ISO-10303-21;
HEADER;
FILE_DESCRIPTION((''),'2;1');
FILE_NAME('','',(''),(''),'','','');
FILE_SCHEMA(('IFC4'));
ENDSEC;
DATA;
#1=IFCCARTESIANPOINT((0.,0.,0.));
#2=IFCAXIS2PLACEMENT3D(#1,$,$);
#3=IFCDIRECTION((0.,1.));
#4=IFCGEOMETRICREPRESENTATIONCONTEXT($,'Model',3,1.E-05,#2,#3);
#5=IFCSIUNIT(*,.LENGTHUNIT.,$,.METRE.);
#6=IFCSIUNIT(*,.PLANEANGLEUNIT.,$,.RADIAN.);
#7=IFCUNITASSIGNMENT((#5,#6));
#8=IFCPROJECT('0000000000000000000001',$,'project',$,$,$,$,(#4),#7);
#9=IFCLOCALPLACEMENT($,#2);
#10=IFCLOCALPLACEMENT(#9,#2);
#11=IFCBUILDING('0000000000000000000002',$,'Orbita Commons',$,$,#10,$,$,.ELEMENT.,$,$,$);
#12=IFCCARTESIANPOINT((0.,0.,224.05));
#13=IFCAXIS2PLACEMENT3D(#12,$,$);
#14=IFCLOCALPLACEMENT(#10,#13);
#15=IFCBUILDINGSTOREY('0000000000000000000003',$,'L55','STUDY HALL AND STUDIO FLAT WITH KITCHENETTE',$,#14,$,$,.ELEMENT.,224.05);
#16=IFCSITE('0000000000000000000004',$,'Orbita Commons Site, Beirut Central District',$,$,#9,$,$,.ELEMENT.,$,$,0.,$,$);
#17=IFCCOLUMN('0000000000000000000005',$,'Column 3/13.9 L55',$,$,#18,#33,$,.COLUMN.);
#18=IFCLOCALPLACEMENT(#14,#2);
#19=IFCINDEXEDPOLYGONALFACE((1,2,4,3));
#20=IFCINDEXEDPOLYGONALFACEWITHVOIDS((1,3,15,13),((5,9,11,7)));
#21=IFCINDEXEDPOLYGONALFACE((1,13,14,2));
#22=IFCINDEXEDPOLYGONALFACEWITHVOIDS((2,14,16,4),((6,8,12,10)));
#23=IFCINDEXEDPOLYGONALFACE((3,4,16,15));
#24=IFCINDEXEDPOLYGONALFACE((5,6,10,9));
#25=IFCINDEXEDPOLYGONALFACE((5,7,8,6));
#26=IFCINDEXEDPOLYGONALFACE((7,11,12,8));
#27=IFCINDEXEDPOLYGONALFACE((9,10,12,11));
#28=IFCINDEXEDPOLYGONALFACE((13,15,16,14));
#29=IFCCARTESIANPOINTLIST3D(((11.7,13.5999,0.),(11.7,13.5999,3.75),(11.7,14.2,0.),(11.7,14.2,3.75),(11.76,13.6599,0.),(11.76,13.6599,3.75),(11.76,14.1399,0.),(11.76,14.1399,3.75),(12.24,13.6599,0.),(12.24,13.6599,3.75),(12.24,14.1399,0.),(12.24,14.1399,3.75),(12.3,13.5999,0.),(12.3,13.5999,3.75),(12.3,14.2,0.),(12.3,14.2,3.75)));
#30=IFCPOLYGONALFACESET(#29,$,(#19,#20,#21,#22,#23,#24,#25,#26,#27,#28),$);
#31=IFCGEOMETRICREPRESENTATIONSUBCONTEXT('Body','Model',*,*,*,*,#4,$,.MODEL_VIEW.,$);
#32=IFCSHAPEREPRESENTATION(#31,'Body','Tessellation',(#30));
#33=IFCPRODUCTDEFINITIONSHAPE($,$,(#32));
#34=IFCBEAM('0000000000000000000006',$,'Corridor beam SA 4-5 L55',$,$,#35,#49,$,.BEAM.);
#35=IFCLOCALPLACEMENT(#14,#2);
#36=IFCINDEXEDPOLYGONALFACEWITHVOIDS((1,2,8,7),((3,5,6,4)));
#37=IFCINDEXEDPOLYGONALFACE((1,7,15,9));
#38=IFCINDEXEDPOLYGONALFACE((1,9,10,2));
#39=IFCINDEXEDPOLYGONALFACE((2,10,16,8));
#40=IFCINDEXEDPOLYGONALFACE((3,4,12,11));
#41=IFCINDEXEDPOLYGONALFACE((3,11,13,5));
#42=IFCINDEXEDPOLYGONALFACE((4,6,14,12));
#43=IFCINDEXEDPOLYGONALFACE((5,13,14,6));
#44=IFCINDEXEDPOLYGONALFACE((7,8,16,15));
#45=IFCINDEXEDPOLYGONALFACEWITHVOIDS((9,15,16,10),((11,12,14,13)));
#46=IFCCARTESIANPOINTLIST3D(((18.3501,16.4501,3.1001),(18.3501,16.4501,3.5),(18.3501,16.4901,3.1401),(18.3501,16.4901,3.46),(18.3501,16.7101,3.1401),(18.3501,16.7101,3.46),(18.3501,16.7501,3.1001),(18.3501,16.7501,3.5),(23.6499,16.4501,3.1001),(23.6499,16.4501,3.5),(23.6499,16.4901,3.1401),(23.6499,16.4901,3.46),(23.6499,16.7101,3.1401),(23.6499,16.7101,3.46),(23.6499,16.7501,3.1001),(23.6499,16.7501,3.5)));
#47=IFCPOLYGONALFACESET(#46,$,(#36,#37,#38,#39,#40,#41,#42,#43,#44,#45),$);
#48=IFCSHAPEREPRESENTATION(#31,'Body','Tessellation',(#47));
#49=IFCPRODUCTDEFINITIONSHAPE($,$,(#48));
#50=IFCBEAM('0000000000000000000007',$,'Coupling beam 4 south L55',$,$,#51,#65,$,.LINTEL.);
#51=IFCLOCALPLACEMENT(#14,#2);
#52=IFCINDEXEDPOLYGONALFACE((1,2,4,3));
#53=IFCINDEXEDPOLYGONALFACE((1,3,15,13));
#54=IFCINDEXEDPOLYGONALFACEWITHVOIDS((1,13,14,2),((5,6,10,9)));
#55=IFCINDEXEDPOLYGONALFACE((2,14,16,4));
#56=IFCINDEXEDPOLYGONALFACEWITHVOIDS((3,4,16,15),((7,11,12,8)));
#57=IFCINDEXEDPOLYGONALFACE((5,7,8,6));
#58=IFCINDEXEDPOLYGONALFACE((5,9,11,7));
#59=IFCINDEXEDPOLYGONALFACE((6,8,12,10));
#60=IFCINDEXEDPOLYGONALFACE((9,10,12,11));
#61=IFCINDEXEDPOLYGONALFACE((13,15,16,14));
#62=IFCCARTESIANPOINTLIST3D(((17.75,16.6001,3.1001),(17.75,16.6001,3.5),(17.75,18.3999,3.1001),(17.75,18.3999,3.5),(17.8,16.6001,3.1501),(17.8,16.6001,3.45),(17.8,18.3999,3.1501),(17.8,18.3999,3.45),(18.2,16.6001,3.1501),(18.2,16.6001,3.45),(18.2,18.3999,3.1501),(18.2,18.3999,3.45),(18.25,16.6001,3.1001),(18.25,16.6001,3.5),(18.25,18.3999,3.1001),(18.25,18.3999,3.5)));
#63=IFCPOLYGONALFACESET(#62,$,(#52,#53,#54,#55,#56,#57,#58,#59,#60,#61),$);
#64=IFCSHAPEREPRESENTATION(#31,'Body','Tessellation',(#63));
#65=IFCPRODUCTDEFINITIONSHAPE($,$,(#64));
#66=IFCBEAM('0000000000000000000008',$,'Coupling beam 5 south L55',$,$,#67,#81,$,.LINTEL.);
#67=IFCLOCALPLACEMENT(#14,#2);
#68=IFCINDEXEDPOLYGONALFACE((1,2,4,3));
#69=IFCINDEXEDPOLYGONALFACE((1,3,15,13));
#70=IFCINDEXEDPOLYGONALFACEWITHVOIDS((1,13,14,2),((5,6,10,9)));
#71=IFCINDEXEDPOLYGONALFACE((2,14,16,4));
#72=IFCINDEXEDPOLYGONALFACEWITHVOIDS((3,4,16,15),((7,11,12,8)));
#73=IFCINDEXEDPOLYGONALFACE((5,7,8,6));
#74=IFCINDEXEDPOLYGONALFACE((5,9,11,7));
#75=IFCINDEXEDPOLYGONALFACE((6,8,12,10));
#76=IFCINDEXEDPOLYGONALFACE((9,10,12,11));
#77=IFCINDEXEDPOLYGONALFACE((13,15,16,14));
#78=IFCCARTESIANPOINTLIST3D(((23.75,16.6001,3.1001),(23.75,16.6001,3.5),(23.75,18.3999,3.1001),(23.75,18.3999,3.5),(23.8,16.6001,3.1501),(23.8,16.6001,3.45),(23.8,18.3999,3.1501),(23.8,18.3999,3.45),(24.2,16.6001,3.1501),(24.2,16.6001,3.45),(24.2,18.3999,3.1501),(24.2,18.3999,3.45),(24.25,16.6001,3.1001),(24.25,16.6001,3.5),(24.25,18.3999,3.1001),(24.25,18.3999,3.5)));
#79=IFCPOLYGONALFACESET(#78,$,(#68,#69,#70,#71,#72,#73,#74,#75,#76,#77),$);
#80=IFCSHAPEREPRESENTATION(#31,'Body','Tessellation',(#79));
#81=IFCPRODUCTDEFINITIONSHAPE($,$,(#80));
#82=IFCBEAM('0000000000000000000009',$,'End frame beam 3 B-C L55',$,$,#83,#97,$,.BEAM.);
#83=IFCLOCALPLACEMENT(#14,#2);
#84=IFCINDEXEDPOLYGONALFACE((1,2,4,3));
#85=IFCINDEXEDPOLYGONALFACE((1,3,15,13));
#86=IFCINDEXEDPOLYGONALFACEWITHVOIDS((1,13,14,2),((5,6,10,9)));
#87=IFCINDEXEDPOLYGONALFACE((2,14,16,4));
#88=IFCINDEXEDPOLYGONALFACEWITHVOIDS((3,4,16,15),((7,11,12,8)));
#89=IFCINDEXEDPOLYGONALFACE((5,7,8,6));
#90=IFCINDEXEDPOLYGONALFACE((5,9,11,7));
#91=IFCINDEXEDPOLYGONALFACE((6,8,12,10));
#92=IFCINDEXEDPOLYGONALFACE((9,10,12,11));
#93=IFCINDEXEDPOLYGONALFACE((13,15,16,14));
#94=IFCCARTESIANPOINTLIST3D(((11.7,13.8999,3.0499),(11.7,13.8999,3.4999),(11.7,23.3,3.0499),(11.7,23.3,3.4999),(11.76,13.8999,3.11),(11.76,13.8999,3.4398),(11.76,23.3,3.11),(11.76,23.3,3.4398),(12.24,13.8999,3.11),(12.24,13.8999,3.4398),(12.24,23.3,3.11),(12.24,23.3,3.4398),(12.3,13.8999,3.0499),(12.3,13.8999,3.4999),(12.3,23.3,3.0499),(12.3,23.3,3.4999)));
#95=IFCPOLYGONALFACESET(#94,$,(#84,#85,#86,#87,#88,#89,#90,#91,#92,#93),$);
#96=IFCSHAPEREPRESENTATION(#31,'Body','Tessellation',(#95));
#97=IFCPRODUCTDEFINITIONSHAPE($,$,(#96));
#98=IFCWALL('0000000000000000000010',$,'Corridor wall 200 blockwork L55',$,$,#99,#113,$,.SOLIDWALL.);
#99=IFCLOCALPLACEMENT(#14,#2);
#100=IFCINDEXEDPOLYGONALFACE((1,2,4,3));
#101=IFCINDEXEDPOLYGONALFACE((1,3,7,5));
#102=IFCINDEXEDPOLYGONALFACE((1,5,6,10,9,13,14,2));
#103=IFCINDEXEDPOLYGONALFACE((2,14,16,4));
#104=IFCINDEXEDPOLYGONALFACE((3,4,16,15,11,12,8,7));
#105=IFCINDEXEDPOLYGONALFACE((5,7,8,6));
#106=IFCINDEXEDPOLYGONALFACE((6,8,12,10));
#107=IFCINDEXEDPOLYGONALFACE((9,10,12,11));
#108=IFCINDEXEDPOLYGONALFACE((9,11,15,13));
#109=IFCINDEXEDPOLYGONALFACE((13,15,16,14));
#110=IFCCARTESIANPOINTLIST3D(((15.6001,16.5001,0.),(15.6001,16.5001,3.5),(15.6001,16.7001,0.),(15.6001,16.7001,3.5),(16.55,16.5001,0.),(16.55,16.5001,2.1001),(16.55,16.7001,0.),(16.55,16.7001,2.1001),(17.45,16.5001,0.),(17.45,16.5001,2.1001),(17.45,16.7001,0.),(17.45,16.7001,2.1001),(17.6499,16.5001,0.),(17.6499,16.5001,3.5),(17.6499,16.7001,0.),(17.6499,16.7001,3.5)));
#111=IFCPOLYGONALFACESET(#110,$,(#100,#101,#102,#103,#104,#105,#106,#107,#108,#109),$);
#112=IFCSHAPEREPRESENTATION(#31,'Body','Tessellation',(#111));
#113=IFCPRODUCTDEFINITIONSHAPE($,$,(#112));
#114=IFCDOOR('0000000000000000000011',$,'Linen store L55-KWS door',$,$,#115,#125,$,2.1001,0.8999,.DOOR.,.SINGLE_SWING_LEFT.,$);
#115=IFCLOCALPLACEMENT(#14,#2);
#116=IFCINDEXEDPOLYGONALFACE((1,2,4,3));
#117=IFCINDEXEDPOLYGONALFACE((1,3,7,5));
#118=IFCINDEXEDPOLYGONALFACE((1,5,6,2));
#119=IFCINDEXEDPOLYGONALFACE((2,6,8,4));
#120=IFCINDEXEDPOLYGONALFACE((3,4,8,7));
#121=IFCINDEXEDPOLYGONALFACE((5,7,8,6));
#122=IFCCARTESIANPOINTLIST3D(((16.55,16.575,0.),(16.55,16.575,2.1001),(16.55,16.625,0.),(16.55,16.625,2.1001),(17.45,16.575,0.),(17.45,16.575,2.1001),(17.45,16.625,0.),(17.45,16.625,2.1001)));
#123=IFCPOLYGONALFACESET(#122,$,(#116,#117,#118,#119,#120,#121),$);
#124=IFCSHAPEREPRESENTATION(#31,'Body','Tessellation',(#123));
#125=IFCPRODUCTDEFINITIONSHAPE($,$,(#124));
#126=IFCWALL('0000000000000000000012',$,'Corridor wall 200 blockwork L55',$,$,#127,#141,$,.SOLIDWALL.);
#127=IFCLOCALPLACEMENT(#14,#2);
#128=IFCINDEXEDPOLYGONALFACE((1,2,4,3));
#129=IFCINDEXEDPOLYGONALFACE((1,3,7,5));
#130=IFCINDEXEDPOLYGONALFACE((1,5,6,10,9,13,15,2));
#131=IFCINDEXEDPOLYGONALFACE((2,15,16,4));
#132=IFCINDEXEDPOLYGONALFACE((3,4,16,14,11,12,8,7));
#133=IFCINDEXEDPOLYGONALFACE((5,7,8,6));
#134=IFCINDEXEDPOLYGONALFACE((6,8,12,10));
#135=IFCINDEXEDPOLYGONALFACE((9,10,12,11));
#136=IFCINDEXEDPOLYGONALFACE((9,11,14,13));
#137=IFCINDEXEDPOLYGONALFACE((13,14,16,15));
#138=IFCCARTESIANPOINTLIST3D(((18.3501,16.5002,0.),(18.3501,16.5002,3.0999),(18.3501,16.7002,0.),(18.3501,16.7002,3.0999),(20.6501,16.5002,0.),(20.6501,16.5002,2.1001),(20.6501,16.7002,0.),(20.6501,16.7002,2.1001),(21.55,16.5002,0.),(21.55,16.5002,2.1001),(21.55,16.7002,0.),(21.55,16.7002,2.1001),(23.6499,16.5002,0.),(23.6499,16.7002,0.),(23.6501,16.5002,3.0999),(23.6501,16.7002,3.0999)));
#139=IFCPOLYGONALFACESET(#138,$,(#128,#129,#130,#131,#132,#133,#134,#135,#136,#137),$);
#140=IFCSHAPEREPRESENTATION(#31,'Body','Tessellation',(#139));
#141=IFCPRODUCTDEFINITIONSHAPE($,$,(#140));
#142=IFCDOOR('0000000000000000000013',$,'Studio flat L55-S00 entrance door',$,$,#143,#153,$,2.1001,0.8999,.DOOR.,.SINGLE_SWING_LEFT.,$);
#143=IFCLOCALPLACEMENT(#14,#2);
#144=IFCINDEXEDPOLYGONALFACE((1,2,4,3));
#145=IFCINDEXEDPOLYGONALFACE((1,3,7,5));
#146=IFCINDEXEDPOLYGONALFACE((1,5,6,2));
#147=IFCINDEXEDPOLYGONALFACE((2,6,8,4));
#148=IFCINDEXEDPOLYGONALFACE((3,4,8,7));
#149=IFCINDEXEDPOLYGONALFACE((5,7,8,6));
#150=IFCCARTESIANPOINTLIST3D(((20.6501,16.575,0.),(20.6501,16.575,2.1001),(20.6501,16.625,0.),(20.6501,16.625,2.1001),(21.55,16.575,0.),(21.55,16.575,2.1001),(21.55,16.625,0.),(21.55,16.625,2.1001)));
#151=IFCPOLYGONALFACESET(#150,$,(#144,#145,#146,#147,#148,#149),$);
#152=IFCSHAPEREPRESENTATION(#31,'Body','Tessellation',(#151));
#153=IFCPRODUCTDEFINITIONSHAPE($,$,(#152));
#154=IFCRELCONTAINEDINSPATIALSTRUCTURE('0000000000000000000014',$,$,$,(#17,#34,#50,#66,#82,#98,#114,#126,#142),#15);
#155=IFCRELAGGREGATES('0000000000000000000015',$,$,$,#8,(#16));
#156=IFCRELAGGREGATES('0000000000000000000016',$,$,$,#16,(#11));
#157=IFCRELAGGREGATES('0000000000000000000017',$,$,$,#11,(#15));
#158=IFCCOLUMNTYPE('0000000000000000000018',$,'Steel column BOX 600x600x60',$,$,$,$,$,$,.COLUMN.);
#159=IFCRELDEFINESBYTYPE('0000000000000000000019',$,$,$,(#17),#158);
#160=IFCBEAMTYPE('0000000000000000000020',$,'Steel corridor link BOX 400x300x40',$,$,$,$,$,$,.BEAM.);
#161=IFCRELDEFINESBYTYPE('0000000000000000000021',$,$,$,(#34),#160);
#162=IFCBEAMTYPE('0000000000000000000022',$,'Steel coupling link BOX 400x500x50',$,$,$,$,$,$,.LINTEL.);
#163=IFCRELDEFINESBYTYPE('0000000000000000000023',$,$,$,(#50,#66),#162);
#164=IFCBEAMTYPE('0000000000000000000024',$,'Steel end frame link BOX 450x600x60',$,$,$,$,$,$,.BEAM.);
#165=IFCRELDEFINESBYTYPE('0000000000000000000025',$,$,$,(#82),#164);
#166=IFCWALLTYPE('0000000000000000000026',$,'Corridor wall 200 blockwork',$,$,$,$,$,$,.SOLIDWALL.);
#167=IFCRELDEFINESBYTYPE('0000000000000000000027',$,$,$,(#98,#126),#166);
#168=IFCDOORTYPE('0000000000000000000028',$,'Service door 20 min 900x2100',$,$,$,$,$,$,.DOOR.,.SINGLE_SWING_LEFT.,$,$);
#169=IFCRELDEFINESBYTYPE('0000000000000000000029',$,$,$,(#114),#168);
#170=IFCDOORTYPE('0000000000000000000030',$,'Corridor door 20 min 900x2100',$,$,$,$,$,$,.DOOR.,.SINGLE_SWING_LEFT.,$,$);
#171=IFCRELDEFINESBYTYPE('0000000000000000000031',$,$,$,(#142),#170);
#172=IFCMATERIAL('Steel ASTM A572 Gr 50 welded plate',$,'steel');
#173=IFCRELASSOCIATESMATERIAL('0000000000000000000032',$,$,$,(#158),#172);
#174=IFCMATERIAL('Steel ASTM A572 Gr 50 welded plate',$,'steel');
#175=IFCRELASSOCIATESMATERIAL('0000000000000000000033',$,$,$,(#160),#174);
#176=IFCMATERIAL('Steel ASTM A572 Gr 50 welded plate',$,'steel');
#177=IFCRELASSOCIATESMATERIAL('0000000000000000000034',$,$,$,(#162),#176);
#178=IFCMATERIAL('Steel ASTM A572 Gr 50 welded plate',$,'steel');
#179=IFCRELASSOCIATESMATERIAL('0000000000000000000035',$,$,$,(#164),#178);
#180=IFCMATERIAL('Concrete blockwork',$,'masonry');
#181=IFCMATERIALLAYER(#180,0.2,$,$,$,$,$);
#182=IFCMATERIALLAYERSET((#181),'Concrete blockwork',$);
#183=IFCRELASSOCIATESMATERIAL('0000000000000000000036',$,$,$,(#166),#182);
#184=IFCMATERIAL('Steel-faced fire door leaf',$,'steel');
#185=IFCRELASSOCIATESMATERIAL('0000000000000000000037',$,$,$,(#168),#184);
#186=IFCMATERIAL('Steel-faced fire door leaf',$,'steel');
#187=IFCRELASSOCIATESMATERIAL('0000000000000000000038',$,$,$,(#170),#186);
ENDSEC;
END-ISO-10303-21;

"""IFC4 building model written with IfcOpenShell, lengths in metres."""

from ifc_helpers import new_model, si_unit, direction, frame, frame_2d, origin, origin_2d, place, context, subcontext, project, spatial, polyline, rectangle, hollow_rectangle, outline, extrude, material, layer, layer_set, material_profile, profile_set, type_object, element, fill, save


model = new_model("IFC4")

# Units and contexts
model_context = context("Model", 3, precision=1e-05, world=origin(), true_north=direction((0.0, 1.0)))
body_context = subcontext(model_context, "Body", "Model", "MODEL_VIEW")
ifc_project = project(units=[si_unit("LENGTHUNIT", "METRE"), si_unit("PLANEANGLEUNIT", "RADIAN")], contexts=[model_context])

# Site, building, storey
site_placement = place(None, origin())
site = spatial("IfcSite", under=ifc_project, at=site_placement, Name="Orbita Commons Site, Beirut Central District", CompositionType="ELEMENT", RefElevation=0.0)
building_placement = place(site_placement, origin())
building = spatial("IfcBuilding", under=site, at=building_placement, Name="Orbita Commons", CompositionType="ELEMENT")
storey_placement = place(building_placement, frame((0.0, 0.0, 224.05)))
storey = spatial("IfcBuildingStorey", under=building, at=storey_placement, Name="L55", Description="STUDY HALL AND STUDIO FLAT WITH KITCHENETTE", CompositionType="ELEMENT", Elevation=224.05)

# Column
ifc_material_1 = material(Name="Steel ASTM A572 Gr 50 welded plate", Category="steel")
ifc_material_profile_1 = material_profile(ifc_material_1, hollow_rectangle(XDim=0.6001, YDim=0.6001, WallThickness=0.0601, at=origin_2d()), Name="BOX 600x600x60")
ifc_profile_set_1 = profile_set([ifc_material_profile_1], Name="Steel ASTM A572 Gr 50 welded plate")
column_type = type_object("IfcColumnType", Name="Steel column BOX 600x600x60", PredefinedType="COLUMN", material=ifc_profile_set_1)
column_placement = place(storey_placement, frame((12.0, 13.8999, 0.0), z_axis=(0.0, 0.0, 1.0), x_axis=(1.0, 0.0, 0.0)))
element("IfcColumn", 1, at=column_placement, inside=storey, type_object=column_type, Name="Column 3/13.9 L55", PredefinedType="COLUMN", context=body_context, shape_type="SweptSolid", body=[
    extrude(hollow_rectangle(XDim=0.6001, YDim=0.6001, WallThickness=0.0601, at=origin_2d()), origin(), (0.0, 0.0, 1.0), 3.75),
])

# Beams
ifc_material_2 = material(Name="Steel ASTM A572 Gr 50 welded plate", Category="steel")
ifc_material_profile_2 = material_profile(ifc_material_2, hollow_rectangle(XDim=0.3, YDim=0.3999, WallThickness=0.04, at=origin_2d()), Name="BOX 400x300x40")
ifc_profile_set_2 = profile_set([ifc_material_profile_2], Name="Steel ASTM A572 Gr 50 welded plate")
beam_type_1 = type_object("IfcBeamType", Name="Steel corridor link BOX 400x300x40", PredefinedType="BEAM", material=ifc_profile_set_2)
beam_1_placement = place(storey_placement, frame((18.3501, 16.6001, 3.3), z_axis=(1.0, 0.0, 0.0), x_axis=(0.0, 1.0, 0.0)))
element("IfcBeam", 2, at=beam_1_placement, inside=storey, type_object=beam_type_1, Name="Corridor beam SA 4-5 L55", PredefinedType="BEAM", context=body_context, shape_type="SweptSolid", body=[
    extrude(hollow_rectangle(XDim=0.3, YDim=0.3999, WallThickness=0.04, at=origin_2d()), origin(), (0.0, 0.0, 1.0), 5.2998),
])
ifc_material_3 = material(Name="Steel ASTM A572 Gr 50 welded plate", Category="steel")
ifc_material_profile_3 = material_profile(ifc_material_3, hollow_rectangle(XDim=0.5, YDim=0.3999, WallThickness=0.05, at=origin_2d()), Name="BOX 400x500x50")
ifc_profile_set_3 = profile_set([ifc_material_profile_3], Name="Steel ASTM A572 Gr 50 welded plate")
beam_type_2 = type_object("IfcBeamType", Name="Steel coupling link BOX 400x500x50", PredefinedType="LINTEL", material=ifc_profile_set_3)
for number, where, z_axis, x_axis, name in (
    (3, (18.0, 16.6001, 3.3), (0.0, 1.0, 0.0), (-1.0, 0.0, 0.0), "Coupling beam 4 south L55"),
    (4, (24.0, 16.6001, 3.3), (0.0, 1.0, 0.0), (-1.0, 0.0, 0.0), "Coupling beam 5 south L55"),
):
    element("IfcBeam", number, at=place(storey_placement, frame(where, z_axis=z_axis, x_axis=x_axis)), inside=storey, type_object=beam_type_2, Name=name, PredefinedType="LINTEL", context=body_context, shape_type="SweptSolid", body=[
        extrude(hollow_rectangle(XDim=0.5, YDim=0.3999, WallThickness=0.05, at=origin_2d()), origin(), (0.0, 0.0, 1.0), 1.7998),
    ])
ifc_material_4 = material(Name="Steel ASTM A572 Gr 50 welded plate", Category="steel")
ifc_material_profile_4 = material_profile(ifc_material_4, hollow_rectangle(XDim=0.6001, YDim=0.45, WallThickness=0.0601, at=origin_2d()), Name="BOX 450x600x60")
ifc_profile_set_4 = profile_set([ifc_material_profile_4], Name="Steel ASTM A572 Gr 50 welded plate")
beam_type_3 = type_object("IfcBeamType", Name="Steel end frame link BOX 450x600x60", PredefinedType="BEAM", material=ifc_profile_set_4)
beam_2_placement = place(storey_placement, frame((12.0, 13.8999, 3.2749), z_axis=(0.0, 1.0, 0.0), x_axis=(-1.0, 0.0, 0.0)))
element("IfcBeam", 5, at=beam_2_placement, inside=storey, type_object=beam_type_3, Name="End frame beam 3 B-C L55", PredefinedType="BEAM", context=body_context, shape_type="SweptSolid", body=[
    extrude(hollow_rectangle(XDim=0.6001, YDim=0.45, WallThickness=0.0601, at=origin_2d()), origin(), (0.0, 0.0, 1.0), 9.4001),
])

# Walls, openings, doors
ifc_material_5 = material(Name="Concrete blockwork", Category="masonry")
ifc_layer_1 = layer(ifc_material_5, 0.2)
ifc_layer_set_1 = layer_set([ifc_layer_1], Name="Concrete blockwork")
wall_type_1 = type_object("IfcWallType", Name="Corridor wall 200 blockwork", PredefinedType="SOLIDWALL", material=ifc_layer_set_1)
wall_1_placement = place(storey_placement, frame((15.6001, 16.6001, 0.0), z_axis=(0.0, 0.0, 1.0), x_axis=(1.0, 0.0, 0.0)))
wall_1 = element("IfcWall", 6, at=wall_1_placement, inside=storey, type_object=wall_type_1, Name="Corridor wall 200 blockwork L55", PredefinedType="SOLIDWALL", context=body_context, shape_type="SweptSolid", body=[
    extrude(rectangle(XDim=2.0498, YDim=0.2, at=frame_2d((1.0249, 0.0))), origin(), (0.0, 0.0, 1.0), 3.5),
])
opening_1_placement = place(wall_1_placement, frame((0.95, 0.0, 0.0)))
opening_1 = element("IfcOpeningElement", 7, at=opening_1_placement, cuts=wall_1, PredefinedType="OPENING", context=body_context, shape_type="SweptSolid", body=[
    extrude(rectangle(XDim=0.8999, YDim=2.1001, at=frame_2d((0.45, 1.05))), frame((0.0, 0.1099, 0.0), z_axis=(0.0, -1.0, 0.0), x_axis=(1.0, 0.0, 0.0)), (0.0, 0.0, 1.0), 0.22),
])
ifc_material_6 = material(Name="Steel-faced fire door leaf", Category="steel")
door_type_1 = type_object("IfcDoorType", Name="Service door 20 min 900x2100", OperationType="SINGLE_SWING_LEFT", PredefinedType="DOOR", material=ifc_material_6)
door_1_placement = place(opening_1_placement, origin())
door_1 = element("IfcDoor", 8, at=door_1_placement, inside=storey, type_object=door_type_1, Name="Linen store L55-KWS door", OperationType="SINGLE_SWING_LEFT", OverallHeight=2.1001, OverallWidth=0.8999, PredefinedType="DOOR", context=body_context, shape_type="SweptSolid", body=[
    extrude(rectangle(XDim=0.8999, YDim=2.1001, at=frame_2d((0.45, 1.05))), frame((0.0, 0.0249, 0.0), z_axis=(0.0, -1.0, 0.0), x_axis=(1.0, 0.0, 0.0)), (0.0, 0.0, 1.0), 0.05),
])
fill(opening_1, door_1)
wall_2_placement = place(storey_placement, frame((18.3501, 16.6001, 0.0), z_axis=(0.0, 0.0, 1.0), x_axis=(1.0, 0.0, 0.0)))
wall_2 = element("IfcWall", 9, at=wall_2_placement, inside=storey, type_object=wall_type_1, Name="Corridor wall 200 blockwork L55", PredefinedType="SOLIDWALL", context=body_context, shape_type="SweptSolid", body=[
    extrude(outline(polyline([(0.0, 0.0), (5.2998, 0.0), (5.3, 3.0999), (0.0, 3.0999), (0.0, 0.0)])), frame((0.0, 0.1001, 0.0), z_axis=(0.0, -1.0, 0.0), x_axis=(1.0, 0.0, 0.0)), (0.0, 0.0, 1.0), 0.2),
])
opening_2_placement = place(wall_2_placement, frame((2.3, 0.0, 0.0)))
opening_2 = element("IfcOpeningElement", 10, at=opening_2_placement, cuts=wall_2, PredefinedType="OPENING", context=body_context, shape_type="SweptSolid", body=[
    extrude(rectangle(XDim=0.8999, YDim=2.1001, at=frame_2d((0.45, 1.05))), frame((0.0, 0.1099, 0.0), z_axis=(0.0, -1.0, 0.0), x_axis=(1.0, 0.0, 0.0)), (0.0, 0.0, 1.0), 0.22),
])
ifc_material_7 = material(Name="Steel-faced fire door leaf", Category="steel")
door_type_2 = type_object("IfcDoorType", Name="Corridor door 20 min 900x2100", OperationType="SINGLE_SWING_LEFT", PredefinedType="DOOR", material=ifc_material_7)
door_2_placement = place(opening_2_placement, origin())
door_2 = element("IfcDoor", 11, at=door_2_placement, inside=storey, type_object=door_type_2, Name="Studio flat L55-S00 entrance door", OperationType="SINGLE_SWING_LEFT", OverallHeight=2.1001, OverallWidth=0.8999, PredefinedType="DOOR", context=body_context, shape_type="SweptSolid", body=[
    extrude(rectangle(XDim=0.8999, YDim=2.1001, at=frame_2d((0.45, 1.05))), frame((0.0, 0.0249, 0.0), z_axis=(0.0, -1.0, 0.0), x_axis=(1.0, 0.0, 0.0)), (0.0, 0.0, 1.0), 0.05),
])
fill(opening_2, door_2)

save(model, "model.ifc")
